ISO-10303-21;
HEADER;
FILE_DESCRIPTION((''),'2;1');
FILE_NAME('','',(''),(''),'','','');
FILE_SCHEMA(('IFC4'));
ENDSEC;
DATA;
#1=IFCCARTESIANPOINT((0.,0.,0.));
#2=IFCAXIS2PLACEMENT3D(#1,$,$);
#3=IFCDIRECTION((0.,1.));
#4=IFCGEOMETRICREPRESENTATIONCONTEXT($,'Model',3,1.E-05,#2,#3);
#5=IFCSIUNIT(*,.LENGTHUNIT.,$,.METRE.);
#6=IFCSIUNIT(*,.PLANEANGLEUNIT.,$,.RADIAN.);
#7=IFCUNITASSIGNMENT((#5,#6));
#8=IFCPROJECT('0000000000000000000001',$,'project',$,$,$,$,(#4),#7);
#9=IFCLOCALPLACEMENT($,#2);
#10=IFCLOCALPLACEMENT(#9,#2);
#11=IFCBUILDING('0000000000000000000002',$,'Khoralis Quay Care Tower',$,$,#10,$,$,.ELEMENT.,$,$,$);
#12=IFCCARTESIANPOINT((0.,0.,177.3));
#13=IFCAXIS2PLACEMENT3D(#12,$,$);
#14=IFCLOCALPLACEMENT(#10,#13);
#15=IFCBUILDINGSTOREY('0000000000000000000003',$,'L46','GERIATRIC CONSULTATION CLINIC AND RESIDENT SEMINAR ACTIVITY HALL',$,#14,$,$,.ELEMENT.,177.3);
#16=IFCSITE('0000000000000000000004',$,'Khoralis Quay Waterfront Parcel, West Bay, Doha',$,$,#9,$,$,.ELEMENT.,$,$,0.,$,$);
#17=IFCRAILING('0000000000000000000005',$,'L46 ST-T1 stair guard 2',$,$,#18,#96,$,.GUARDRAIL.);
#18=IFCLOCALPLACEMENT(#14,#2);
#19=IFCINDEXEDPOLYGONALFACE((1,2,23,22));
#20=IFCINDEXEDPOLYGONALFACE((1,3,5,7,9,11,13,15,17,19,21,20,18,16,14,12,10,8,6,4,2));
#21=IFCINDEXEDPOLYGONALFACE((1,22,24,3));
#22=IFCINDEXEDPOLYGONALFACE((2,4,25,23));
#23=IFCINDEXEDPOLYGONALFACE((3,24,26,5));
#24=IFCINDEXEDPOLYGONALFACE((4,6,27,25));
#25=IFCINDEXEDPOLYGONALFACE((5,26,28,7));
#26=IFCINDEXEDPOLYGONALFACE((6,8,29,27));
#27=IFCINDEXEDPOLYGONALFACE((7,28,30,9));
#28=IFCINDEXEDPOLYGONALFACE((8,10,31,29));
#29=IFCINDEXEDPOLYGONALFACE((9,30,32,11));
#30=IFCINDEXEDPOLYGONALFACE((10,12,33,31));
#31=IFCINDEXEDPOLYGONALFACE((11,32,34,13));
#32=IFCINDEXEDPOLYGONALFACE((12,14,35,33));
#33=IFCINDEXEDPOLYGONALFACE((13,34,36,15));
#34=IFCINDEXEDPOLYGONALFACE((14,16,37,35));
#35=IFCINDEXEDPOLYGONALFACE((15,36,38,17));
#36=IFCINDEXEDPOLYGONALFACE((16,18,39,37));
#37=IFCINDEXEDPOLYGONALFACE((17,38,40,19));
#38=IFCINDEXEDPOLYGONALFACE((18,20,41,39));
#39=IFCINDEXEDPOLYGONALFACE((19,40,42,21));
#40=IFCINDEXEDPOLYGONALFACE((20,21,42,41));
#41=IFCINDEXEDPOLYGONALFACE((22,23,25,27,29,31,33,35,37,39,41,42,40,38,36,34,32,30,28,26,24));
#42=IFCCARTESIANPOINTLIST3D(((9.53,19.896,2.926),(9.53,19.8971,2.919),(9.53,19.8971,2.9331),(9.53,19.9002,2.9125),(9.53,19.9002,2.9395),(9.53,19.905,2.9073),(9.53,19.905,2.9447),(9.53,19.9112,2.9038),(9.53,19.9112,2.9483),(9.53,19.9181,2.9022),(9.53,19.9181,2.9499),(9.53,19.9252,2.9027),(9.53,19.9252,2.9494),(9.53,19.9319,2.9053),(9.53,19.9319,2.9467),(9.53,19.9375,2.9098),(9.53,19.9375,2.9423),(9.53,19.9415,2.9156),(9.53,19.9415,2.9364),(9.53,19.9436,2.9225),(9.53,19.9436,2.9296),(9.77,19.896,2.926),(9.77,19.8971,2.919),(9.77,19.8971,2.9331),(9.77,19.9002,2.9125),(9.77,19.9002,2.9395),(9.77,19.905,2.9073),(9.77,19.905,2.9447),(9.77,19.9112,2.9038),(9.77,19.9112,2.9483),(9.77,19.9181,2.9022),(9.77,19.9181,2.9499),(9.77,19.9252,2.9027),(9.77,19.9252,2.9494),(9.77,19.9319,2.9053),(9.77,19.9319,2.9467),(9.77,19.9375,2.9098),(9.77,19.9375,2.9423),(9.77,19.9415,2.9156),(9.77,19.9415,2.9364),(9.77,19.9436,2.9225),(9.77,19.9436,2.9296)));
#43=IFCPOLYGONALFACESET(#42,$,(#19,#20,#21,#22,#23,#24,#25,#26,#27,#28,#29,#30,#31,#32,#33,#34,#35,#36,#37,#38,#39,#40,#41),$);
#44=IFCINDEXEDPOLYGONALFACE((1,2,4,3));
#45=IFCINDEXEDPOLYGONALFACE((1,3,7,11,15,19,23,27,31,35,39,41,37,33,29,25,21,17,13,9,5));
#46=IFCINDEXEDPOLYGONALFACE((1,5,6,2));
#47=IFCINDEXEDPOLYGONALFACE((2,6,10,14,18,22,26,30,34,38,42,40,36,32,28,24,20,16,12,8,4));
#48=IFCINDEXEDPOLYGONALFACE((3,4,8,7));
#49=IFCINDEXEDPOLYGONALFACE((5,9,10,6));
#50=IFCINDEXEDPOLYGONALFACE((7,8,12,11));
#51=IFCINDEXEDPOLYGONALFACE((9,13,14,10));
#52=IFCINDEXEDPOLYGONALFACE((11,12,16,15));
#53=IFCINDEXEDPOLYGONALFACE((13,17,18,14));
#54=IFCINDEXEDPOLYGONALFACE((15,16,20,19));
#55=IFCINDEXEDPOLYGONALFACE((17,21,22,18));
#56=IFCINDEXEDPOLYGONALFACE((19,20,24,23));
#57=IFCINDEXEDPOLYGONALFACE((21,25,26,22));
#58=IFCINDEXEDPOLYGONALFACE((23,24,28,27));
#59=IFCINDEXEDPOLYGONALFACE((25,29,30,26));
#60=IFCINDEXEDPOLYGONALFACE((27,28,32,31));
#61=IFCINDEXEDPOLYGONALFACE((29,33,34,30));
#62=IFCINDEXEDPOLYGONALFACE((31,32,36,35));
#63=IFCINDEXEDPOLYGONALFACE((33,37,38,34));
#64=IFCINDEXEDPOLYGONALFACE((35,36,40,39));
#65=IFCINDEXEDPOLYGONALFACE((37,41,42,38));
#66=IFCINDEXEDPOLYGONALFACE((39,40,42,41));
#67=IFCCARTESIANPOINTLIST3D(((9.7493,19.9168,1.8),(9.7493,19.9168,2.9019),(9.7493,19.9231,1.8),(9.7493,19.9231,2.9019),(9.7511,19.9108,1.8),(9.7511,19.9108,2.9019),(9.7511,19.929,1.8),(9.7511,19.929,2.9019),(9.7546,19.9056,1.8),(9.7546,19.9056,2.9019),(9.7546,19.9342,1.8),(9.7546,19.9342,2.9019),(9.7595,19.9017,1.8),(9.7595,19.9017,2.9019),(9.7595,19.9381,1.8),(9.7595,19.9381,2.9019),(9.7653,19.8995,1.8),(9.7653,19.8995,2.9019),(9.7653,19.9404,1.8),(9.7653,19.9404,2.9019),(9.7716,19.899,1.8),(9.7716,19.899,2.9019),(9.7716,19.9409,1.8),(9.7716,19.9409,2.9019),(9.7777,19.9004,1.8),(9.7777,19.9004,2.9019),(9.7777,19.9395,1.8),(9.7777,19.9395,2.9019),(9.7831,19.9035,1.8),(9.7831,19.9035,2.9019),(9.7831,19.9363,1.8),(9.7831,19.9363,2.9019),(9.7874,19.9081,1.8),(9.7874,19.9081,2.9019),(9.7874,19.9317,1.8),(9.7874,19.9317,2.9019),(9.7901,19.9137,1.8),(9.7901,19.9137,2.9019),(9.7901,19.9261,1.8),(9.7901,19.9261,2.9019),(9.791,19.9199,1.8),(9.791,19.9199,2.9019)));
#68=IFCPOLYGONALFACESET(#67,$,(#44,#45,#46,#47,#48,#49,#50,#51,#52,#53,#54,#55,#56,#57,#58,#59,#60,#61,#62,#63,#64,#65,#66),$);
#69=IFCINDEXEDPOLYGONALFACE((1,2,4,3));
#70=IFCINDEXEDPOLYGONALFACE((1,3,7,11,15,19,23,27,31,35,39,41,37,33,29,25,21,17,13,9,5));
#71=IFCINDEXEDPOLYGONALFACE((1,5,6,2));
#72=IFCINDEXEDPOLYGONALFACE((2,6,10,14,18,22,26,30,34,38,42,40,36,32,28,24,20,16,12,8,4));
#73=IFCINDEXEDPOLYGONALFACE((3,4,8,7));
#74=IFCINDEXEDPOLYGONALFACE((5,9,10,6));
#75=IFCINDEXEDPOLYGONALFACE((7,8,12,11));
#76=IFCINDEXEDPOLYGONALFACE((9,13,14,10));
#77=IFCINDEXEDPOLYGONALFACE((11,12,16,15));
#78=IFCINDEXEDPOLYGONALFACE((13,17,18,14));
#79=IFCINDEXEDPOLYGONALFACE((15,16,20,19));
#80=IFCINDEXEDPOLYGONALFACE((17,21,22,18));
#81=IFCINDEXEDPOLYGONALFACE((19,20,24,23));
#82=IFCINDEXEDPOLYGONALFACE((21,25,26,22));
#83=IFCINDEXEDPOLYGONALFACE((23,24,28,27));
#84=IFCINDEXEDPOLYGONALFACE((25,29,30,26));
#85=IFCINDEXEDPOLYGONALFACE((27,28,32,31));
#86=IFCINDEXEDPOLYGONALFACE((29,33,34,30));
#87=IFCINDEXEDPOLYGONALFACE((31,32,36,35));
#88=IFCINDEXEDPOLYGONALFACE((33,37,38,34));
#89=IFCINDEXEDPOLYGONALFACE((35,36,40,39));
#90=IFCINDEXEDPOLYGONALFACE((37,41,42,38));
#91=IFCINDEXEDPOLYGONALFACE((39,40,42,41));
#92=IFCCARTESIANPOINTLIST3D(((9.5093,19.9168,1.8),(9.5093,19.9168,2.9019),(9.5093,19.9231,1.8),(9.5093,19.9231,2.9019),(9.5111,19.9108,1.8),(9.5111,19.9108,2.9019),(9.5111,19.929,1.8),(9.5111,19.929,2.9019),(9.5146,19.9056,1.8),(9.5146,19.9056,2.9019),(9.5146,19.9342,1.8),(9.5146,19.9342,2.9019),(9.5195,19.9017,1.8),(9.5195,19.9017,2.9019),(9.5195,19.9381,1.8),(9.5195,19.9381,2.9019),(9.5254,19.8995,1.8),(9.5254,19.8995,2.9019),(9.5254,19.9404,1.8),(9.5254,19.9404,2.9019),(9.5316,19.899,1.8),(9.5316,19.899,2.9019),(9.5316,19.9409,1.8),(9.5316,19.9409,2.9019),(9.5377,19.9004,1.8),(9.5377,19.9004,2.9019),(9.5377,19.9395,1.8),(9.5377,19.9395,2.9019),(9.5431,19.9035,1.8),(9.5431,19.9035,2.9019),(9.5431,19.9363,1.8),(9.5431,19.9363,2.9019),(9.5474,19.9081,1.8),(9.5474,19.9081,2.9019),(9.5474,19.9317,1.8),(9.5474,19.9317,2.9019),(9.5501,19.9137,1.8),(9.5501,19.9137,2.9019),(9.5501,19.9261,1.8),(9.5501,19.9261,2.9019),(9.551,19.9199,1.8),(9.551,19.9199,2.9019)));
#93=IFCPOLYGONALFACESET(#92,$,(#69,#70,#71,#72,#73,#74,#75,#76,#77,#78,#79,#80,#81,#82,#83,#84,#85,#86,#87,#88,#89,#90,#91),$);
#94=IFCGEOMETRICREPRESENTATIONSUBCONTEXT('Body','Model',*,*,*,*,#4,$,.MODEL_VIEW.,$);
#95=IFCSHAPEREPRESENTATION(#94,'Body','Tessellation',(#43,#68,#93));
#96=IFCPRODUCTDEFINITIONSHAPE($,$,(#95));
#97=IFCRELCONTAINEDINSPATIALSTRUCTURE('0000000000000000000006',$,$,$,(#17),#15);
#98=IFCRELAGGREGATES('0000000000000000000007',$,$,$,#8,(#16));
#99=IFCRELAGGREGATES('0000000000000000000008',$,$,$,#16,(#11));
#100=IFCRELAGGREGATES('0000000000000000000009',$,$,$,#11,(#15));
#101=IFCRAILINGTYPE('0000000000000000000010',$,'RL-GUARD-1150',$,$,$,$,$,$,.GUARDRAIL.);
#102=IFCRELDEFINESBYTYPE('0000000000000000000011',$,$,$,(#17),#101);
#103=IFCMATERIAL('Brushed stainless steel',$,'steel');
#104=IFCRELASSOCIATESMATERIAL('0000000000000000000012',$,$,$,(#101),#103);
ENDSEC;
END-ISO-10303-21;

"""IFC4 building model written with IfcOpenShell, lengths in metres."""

from ifc_helpers import new_model, si_unit, direction, frame, origin, origin_2d, place, context, subcontext, project, spatial, circle, extrude, material, type_object, element, save


model = new_model("IFC4")

# Units and contexts
model_context = context("Model", 3, precision=1e-05, world=origin(), true_north=direction((0.0, 1.0)))
body_context = subcontext(model_context, "Body", "Model", "MODEL_VIEW")
ifc_project = project(units=[si_unit("LENGTHUNIT", "METRE"), si_unit("PLANEANGLEUNIT", "RADIAN")], contexts=[model_context])

# Site, building, storey
site_placement = place(None, origin())
site = spatial("IfcSite", under=ifc_project, at=site_placement, Name="Khoralis Quay Waterfront Parcel, West Bay, Doha", CompositionType="ELEMENT", RefElevation=0.0)
building_placement = place(site_placement, origin())
building = spatial("IfcBuilding", under=site, at=building_placement, Name="Khoralis Quay Care Tower", CompositionType="ELEMENT")
storey_placement = place(building_placement, frame((0.0, 0.0, 177.3)))
storey = spatial("IfcBuildingStorey", under=building, at=storey_placement, Name="L46", Description="GERIATRIC CONSULTATION CLINIC AND RESIDENT SEMINAR ACTIVITY HALL", CompositionType="ELEMENT", Elevation=177.3)

# Railing
ifc_material_1 = material(Name="Brushed stainless steel", Category="steel")
railing_type_1 = type_object("IfcRailingType", Name="RL-GUARD-1150", PredefinedType="GUARDRAIL", material=ifc_material_1)
railing_1_placement = place(storey_placement, frame((9.77, 19.9199, 1.8)))
element("IfcRailing", 1, at=railing_1_placement, inside=storey, type_object=railing_type_1, Name="L46 ST-T1 stair guard 2", PredefinedType="GUARDRAIL", context=body_context, shape_type="SweptSolid", body=[
    extrude(circle(Radius=0.0239, at=origin_2d()), frame((0.0, 0.0, 1.126), z_axis=(-1.0, 0.0, 0.0), x_axis=(0.0, -1.0, 0.0)), (0.0, 0.0, 1.0), 0.24),
    extrude(circle(Radius=0.021, at=origin_2d()), origin(), (0.0, 0.0, 1.0), 1.1018),
    extrude(circle(Radius=0.021, at=origin_2d()), frame((-0.24, 0.0, 0.0)), (0.0, 0.0, 1.0), 1.1018),
])

save(model, "model.ifc")
